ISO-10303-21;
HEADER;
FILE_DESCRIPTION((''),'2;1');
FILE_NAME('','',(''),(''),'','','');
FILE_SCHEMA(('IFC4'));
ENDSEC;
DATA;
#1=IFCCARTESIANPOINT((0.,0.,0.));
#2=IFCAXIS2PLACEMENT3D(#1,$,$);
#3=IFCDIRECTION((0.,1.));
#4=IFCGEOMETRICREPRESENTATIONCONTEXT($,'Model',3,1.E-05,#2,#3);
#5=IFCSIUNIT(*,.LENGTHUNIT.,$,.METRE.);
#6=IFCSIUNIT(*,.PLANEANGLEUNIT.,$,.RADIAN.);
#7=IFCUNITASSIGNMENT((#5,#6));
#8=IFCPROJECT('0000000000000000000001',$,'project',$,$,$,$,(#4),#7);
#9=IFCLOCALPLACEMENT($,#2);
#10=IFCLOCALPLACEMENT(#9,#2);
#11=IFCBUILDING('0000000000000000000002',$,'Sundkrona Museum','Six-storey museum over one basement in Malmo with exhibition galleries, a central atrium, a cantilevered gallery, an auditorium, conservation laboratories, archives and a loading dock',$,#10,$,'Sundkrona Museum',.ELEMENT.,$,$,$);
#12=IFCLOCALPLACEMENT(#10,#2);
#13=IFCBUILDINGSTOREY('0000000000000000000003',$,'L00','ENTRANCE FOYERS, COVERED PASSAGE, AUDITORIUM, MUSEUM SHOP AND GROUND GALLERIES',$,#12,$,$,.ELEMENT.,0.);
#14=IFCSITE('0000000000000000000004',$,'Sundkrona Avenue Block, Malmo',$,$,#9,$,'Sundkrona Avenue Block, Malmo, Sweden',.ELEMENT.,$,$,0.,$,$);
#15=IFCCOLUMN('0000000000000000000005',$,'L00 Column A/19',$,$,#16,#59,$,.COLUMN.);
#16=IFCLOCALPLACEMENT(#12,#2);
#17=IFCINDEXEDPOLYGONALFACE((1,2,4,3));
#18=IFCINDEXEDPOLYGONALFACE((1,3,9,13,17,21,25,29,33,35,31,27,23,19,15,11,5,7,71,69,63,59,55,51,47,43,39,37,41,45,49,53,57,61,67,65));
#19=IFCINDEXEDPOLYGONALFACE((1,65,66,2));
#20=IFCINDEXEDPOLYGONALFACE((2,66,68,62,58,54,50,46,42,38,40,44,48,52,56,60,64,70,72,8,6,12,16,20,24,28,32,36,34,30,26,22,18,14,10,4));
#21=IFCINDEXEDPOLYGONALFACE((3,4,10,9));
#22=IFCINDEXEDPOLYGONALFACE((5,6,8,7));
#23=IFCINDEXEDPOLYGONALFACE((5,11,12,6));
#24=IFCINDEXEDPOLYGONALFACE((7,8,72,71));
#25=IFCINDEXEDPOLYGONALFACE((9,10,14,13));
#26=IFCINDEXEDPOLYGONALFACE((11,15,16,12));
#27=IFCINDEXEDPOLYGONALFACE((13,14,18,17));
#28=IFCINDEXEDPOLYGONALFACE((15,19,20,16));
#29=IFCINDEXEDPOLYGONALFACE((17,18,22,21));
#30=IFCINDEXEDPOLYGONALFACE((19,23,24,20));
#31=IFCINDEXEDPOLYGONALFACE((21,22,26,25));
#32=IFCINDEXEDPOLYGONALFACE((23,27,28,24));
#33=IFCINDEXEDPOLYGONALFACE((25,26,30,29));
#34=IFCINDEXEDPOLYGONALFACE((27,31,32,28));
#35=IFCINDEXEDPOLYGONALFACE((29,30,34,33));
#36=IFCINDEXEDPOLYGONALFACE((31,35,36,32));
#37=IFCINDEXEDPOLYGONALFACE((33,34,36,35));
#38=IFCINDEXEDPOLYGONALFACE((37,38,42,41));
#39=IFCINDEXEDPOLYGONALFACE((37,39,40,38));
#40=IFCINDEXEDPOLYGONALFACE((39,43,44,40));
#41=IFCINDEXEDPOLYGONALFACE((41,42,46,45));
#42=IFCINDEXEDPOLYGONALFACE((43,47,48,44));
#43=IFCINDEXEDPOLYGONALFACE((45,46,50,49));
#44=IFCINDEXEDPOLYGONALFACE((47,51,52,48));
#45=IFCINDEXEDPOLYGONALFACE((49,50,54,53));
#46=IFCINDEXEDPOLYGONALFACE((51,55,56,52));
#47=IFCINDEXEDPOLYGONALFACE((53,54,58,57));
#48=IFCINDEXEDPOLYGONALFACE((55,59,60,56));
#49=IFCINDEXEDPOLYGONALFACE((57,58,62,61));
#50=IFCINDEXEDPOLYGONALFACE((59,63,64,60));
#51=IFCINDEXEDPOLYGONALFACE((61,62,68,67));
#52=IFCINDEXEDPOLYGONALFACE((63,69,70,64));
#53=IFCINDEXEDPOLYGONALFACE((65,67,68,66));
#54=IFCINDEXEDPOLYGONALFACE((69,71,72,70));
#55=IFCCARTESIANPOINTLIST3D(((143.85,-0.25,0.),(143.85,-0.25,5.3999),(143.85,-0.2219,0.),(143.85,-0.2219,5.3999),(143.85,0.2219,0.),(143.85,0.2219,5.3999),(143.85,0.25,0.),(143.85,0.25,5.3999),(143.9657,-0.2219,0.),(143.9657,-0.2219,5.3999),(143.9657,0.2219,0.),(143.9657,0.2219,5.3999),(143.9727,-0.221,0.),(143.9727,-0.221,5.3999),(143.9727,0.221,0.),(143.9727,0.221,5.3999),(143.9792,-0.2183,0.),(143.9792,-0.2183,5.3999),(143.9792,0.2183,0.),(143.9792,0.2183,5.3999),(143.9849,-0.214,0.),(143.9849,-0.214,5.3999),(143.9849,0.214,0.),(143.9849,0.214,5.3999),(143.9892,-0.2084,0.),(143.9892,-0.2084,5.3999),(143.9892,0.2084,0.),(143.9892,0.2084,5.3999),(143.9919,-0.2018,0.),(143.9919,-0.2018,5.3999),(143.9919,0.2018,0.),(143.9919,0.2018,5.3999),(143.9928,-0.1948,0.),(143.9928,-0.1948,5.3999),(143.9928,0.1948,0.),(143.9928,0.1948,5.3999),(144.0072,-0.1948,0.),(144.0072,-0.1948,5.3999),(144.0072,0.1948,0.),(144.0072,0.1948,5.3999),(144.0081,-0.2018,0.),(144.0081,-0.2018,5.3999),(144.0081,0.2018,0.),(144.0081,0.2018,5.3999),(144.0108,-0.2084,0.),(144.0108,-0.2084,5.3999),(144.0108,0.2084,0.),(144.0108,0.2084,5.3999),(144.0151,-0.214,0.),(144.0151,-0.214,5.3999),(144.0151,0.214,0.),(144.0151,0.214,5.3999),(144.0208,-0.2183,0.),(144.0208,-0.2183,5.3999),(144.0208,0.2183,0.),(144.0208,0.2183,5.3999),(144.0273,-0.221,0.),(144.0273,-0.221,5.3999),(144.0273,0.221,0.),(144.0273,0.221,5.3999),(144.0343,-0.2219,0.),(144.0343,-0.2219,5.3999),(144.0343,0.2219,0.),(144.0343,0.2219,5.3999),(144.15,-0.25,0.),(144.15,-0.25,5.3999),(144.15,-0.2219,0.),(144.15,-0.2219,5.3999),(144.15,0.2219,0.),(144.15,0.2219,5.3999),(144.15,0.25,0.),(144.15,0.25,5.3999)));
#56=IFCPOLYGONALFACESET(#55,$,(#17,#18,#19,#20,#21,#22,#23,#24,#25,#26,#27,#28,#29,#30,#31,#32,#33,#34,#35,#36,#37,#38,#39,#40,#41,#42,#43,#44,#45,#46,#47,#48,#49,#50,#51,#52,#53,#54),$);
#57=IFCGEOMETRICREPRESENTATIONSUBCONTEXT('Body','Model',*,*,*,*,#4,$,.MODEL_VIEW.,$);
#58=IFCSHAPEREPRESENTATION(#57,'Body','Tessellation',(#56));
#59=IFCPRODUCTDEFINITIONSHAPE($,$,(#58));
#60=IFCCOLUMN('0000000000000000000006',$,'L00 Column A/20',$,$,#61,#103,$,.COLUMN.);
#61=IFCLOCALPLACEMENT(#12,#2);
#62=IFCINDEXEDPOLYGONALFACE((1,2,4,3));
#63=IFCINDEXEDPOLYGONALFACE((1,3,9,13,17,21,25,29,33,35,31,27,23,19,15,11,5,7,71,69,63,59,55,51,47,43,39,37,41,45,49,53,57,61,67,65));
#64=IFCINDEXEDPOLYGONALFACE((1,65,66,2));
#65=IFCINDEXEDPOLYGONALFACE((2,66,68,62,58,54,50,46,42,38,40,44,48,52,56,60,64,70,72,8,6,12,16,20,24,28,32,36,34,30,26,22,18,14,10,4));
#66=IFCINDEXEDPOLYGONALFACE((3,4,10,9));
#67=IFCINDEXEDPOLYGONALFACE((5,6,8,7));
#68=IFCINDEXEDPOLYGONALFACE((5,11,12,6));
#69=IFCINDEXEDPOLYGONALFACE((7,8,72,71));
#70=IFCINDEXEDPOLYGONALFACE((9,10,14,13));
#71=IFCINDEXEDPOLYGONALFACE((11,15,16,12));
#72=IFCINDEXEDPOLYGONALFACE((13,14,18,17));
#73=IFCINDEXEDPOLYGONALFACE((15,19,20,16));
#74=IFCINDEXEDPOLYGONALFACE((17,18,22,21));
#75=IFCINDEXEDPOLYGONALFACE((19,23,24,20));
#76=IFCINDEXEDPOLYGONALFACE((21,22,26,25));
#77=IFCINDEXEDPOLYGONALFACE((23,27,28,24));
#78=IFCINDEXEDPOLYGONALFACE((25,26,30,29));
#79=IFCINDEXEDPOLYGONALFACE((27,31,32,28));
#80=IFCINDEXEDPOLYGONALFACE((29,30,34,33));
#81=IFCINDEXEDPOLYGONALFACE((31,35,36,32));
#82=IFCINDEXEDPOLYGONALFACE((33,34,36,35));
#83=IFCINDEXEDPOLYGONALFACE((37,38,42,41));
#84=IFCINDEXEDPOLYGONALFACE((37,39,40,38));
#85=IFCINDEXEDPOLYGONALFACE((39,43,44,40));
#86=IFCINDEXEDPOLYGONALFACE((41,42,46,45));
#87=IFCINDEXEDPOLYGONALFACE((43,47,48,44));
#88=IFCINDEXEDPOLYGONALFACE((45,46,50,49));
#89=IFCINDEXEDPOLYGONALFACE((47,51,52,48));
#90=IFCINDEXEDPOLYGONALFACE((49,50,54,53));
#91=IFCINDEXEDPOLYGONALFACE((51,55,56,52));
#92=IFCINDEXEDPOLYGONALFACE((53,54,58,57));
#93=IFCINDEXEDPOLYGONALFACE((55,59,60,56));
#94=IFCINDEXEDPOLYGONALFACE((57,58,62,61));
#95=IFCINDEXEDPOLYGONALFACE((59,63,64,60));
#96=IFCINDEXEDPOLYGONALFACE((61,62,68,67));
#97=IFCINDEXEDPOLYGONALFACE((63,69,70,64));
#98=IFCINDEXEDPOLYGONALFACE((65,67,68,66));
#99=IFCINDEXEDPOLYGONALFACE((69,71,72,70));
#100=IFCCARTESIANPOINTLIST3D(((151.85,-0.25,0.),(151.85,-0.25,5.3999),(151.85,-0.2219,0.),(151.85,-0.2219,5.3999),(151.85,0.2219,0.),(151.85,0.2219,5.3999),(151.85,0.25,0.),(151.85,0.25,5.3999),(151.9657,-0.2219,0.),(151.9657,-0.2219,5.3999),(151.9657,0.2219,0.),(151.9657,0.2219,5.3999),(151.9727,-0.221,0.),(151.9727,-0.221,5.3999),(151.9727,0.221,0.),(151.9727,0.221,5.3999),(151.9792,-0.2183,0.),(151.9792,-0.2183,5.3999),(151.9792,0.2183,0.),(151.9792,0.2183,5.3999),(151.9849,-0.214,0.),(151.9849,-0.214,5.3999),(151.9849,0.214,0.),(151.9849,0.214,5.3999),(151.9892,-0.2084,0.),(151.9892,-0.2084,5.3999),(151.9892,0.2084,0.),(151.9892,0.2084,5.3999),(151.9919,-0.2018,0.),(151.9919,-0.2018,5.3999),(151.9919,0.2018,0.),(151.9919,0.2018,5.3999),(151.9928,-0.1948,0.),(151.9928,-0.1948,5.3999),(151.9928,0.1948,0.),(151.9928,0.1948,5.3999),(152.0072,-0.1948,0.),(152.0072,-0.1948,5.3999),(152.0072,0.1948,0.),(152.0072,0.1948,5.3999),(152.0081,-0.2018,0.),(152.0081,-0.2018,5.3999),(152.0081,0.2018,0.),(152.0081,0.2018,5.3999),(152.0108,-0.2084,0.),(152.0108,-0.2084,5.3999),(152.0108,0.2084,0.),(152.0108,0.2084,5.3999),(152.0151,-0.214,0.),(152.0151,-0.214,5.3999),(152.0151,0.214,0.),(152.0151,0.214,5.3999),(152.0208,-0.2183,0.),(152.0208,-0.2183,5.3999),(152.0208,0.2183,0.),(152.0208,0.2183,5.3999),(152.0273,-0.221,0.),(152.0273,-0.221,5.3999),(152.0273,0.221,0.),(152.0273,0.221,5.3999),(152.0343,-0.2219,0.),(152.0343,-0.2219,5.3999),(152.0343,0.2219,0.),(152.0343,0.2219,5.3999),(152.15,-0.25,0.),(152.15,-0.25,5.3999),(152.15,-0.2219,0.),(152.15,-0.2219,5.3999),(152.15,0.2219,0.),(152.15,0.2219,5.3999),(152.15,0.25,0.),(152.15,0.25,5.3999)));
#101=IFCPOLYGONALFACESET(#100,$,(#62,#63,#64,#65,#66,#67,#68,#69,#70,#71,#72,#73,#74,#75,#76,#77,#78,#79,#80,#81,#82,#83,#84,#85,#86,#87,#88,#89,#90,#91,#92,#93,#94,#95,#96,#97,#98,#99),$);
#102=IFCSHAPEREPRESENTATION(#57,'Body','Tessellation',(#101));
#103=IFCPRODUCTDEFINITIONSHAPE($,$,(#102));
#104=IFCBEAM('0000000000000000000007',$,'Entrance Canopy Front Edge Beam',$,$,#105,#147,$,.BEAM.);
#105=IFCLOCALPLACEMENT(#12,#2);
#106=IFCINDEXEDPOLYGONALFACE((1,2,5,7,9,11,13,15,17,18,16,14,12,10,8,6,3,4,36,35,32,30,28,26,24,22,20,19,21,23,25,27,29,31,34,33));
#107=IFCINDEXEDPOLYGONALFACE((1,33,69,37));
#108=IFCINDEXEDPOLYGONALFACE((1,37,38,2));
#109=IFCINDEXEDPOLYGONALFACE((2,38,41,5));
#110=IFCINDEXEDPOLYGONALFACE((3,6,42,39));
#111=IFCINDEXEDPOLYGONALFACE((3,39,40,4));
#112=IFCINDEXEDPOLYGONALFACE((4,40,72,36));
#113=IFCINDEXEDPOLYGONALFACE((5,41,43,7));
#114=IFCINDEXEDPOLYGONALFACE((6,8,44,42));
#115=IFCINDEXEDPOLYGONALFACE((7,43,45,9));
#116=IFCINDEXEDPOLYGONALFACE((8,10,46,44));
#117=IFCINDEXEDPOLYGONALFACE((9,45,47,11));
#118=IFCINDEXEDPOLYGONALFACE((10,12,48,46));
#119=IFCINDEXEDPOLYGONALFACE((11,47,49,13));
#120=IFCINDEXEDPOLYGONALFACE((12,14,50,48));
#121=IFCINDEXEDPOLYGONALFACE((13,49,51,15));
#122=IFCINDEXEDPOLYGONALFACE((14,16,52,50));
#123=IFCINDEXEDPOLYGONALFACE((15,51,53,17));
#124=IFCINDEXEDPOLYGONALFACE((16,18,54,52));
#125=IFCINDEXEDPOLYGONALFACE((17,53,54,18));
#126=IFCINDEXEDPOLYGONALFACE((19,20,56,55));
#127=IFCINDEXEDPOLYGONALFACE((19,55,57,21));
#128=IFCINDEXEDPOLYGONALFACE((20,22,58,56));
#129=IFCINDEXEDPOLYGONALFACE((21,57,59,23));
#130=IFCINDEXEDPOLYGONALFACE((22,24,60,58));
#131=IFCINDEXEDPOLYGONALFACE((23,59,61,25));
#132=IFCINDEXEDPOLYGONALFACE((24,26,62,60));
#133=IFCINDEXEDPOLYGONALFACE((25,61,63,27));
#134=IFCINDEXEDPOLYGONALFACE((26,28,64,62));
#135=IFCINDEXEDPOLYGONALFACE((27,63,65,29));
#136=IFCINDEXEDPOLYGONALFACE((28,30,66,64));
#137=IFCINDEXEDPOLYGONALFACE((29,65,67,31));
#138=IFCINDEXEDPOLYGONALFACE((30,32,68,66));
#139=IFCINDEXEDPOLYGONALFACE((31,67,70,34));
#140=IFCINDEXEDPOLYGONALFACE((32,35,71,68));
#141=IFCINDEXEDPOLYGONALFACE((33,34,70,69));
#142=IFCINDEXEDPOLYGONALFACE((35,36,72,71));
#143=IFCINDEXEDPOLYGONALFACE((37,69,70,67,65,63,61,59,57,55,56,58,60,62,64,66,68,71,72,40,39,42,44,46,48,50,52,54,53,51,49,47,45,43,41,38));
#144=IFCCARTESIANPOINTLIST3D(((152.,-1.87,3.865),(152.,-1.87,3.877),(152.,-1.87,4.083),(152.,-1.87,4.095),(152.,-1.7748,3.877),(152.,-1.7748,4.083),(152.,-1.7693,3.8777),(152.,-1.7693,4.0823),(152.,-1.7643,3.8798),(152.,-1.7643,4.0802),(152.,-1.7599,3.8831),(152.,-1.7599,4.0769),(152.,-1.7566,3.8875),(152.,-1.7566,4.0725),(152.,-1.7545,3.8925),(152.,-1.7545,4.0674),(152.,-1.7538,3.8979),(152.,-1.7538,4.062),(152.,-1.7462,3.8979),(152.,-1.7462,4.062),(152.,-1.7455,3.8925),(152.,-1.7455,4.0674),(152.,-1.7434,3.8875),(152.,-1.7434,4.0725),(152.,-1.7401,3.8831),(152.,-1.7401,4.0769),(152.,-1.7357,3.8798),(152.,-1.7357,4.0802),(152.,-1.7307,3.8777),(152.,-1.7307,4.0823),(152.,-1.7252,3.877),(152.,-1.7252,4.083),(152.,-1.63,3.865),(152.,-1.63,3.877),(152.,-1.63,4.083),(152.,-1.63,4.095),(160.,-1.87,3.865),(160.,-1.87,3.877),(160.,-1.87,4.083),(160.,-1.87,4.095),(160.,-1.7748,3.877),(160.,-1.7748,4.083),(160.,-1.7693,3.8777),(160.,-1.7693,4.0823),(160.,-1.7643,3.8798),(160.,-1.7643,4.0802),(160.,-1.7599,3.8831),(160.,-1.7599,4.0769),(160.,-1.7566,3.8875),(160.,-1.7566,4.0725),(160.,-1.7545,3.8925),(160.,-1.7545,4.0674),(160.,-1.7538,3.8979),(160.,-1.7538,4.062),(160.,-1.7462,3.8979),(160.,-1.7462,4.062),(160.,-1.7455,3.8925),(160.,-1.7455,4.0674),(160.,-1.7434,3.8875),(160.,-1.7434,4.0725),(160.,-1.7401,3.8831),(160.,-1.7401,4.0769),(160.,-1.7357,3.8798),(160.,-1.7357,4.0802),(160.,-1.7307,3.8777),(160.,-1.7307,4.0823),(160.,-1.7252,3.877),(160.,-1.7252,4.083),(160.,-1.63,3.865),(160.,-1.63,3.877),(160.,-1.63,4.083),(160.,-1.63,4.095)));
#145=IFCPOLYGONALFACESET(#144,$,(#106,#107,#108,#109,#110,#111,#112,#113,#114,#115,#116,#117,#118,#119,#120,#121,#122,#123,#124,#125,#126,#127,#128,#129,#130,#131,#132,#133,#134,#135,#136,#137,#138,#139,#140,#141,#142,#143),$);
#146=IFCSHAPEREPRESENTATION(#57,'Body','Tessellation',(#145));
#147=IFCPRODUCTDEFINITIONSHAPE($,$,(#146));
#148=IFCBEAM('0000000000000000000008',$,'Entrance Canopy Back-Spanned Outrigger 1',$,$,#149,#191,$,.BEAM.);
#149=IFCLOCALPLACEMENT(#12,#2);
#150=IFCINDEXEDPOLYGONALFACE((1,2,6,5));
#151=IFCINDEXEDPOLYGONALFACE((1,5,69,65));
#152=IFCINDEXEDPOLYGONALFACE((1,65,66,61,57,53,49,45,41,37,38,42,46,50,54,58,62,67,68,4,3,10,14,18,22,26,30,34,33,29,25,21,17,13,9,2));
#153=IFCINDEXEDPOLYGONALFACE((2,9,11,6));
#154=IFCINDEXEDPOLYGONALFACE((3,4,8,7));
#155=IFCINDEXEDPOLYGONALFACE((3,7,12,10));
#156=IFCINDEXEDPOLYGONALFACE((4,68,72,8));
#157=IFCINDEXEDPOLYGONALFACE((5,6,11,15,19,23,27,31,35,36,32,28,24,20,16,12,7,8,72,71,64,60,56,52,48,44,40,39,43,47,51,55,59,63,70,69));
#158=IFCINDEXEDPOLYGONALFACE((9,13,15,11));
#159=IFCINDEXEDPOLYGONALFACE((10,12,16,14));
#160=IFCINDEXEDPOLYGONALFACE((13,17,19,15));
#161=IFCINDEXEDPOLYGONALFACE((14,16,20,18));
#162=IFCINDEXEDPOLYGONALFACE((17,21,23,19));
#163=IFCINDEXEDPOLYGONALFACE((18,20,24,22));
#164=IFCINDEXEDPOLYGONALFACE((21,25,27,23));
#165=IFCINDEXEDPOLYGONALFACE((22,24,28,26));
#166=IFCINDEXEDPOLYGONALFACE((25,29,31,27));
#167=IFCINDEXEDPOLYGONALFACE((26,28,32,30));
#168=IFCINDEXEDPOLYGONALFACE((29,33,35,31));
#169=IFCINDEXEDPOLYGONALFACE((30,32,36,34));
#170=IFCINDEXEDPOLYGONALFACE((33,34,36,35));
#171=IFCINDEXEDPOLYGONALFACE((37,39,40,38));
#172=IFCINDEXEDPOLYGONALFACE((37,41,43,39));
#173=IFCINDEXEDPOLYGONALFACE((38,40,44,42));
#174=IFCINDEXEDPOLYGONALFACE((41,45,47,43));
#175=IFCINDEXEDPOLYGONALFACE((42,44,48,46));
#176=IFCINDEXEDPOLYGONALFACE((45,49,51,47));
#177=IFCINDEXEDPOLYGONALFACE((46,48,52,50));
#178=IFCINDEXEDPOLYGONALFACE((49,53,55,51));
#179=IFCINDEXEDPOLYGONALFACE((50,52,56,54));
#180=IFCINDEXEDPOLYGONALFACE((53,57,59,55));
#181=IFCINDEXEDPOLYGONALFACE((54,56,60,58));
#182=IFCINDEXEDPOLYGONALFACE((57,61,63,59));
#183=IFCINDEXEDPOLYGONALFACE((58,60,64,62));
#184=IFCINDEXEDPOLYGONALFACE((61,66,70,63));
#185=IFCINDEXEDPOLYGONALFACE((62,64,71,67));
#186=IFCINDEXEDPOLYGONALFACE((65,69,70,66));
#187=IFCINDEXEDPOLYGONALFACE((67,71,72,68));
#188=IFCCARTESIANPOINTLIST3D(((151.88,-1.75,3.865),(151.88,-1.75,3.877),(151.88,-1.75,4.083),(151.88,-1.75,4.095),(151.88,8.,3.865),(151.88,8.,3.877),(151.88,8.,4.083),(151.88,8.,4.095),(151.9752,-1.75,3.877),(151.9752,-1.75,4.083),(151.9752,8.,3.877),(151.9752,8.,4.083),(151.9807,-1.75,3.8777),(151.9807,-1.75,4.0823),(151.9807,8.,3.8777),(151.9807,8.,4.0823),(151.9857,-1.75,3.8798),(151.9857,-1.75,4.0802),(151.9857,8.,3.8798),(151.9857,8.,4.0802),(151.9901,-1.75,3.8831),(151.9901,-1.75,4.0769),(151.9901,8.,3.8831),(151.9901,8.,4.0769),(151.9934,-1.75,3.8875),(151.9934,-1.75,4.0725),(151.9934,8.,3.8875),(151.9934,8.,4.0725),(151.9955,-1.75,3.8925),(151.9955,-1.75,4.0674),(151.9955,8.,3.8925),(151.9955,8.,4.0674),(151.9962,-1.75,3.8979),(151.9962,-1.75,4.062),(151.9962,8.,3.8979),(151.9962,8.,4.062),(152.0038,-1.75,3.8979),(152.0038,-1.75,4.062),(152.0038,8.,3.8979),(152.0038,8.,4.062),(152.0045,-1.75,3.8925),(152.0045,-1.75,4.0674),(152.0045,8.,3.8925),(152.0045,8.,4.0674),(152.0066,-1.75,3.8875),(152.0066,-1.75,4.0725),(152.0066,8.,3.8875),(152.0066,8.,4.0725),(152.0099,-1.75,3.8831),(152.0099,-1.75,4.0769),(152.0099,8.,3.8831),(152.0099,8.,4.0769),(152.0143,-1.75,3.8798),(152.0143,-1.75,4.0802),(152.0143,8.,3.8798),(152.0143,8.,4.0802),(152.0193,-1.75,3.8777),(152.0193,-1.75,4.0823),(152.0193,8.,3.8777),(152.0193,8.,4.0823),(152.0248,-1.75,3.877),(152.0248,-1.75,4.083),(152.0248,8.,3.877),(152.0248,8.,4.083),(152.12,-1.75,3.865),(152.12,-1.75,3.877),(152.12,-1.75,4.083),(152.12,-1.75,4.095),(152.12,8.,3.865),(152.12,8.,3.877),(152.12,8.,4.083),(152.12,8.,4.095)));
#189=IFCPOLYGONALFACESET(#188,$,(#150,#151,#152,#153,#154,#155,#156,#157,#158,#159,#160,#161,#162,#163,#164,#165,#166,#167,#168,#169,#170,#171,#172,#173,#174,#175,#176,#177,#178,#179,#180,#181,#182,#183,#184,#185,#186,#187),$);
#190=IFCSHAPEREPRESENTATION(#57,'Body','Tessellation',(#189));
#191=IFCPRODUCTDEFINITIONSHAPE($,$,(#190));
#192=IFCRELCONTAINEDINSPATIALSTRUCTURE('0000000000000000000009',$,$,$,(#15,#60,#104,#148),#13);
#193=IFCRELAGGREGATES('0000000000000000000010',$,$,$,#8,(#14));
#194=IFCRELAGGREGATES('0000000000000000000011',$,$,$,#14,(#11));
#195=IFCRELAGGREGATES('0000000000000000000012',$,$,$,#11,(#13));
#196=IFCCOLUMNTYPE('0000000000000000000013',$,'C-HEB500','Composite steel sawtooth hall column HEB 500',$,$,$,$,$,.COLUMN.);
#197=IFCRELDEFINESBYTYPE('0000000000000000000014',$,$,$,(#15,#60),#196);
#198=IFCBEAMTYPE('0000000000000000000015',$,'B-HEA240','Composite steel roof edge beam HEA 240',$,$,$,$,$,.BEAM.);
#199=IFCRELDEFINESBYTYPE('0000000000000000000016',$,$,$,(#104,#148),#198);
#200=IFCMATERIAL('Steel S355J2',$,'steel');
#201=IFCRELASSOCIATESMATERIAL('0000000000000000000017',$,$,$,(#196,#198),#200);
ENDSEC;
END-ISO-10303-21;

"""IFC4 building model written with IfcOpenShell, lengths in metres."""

from ifc_helpers import new_model, si_unit, direction, frame, origin, origin_2d, place, context, subcontext, project, spatial, i_section, extrude, material, material_profile, profile_set, type_object, element, save


model = new_model("IFC4")

# Units and contexts
model_context = context("Model", 3, precision=1e-05, world=origin(), true_north=direction((0.0, 1.0)))
body_context = subcontext(model_context, "Body", "Model", "MODEL_VIEW")
ifc_project = project(units=[si_unit("LENGTHUNIT", "METRE"), si_unit("PLANEANGLEUNIT", "RADIAN")], contexts=[model_context])

# Site, building, storey
site_placement = place(None, origin())
site = spatial("IfcSite", under=ifc_project, at=site_placement, Name="Sundkrona Avenue Block, Malmo", LongName="Sundkrona Avenue Block, Malmo, Sweden", CompositionType="ELEMENT", RefElevation=0.0)
building_placement = place(site_placement, origin())
building = spatial("IfcBuilding", under=site, at=building_placement, Name="Sundkrona Museum", Description="Six-storey museum over one basement in Malmo with exhibition galleries, a central atrium, a cantilevered gallery, an auditorium, conservation laboratories, archives and a loading dock", LongName="Sundkrona Museum", CompositionType="ELEMENT")
storey_placement = place(building_placement, origin())
storey = spatial("IfcBuildingStorey", under=building, at=storey_placement, Name="L00", Description="ENTRANCE FOYERS, COVERED PASSAGE, AUDITORIUM, MUSEUM SHOP AND GROUND GALLERIES", CompositionType="ELEMENT", Elevation=0.0)

# Columns
ifc_material_1 = material(Name="Steel S355J2", Category="steel")
ifc_material_profile_1 = material_profile(ifc_material_1, i_section(OverallWidth=0.3, OverallDepth=0.5, WebThickness=0.0144, FlangeThickness=0.0281, FilletRadius=0.0271, at=origin_2d()), Name="HEB 500")
ifc_profile_set_1 = profile_set([ifc_material_profile_1], Name="Steel S355J2")
column_type = type_object("IfcColumnType", Name="C-HEB500", Description="Composite steel sawtooth hall column HEB 500", PredefinedType="COLUMN", material=ifc_profile_set_1)
for number, where, z_axis, x_axis, name in (
    (1, (144.0, 0.0, 0.0), (0.0, 0.0, 1.0), (1.0, 0.0, 0.0), "L00 Column A/19"),
    (2, (152.0, 0.0, 0.0), (0.0, 0.0, 1.0), (1.0, 0.0, 0.0), "L00 Column A/20"),
):
    element("IfcColumn", number, at=place(storey_placement, frame(where, z_axis=z_axis, x_axis=x_axis)), inside=storey, type_object=column_type, Name=name, PredefinedType="COLUMN", context=body_context, shape_type="SweptSolid", body=[
        extrude(i_section(OverallWidth=0.3, OverallDepth=0.5, WebThickness=0.0144, FlangeThickness=0.0281, FilletRadius=0.0271, at=origin_2d()), origin(), (0.0, 0.0, 1.0), 5.3999),
    ])

# Beams
ifc_material_profile_2 = material_profile(ifc_material_1, i_section(OverallWidth=0.24, OverallDepth=0.23, WebThickness=0.0076, FlangeThickness=0.012, FilletRadius=0.021, at=origin_2d()), Name="HEA 240")
ifc_profile_set_2 = profile_set([ifc_material_profile_2], Name="Steel S355J2")
beam_type_1 = type_object("IfcBeamType", Name="B-HEA240", Description="Composite steel roof edge beam HEA 240", PredefinedType="BEAM", material=ifc_profile_set_2)
beam_1_placement = place(storey_placement, frame((152.0, -1.75, 3.98), z_axis=(1.0, 0.0, 0.0), x_axis=(0.0, 1.0, 0.0)))
element("IfcBeam", 3, at=beam_1_placement, inside=storey, type_object=beam_type_1, Name="Entrance Canopy Front Edge Beam", PredefinedType="BEAM", context=body_context, shape_type="SweptSolid", body=[
    extrude(i_section(OverallWidth=0.24, OverallDepth=0.23, WebThickness=0.0076, FlangeThickness=0.012, FilletRadius=0.021, at=origin_2d()), origin(), (0.0, 0.0, 1.0), 8.0),
])
beam_2_placement = place(storey_placement, frame((152.0, -1.75, 3.98), z_axis=(0.0, 1.0, 0.0), x_axis=(-1.0, 0.0, 0.0)))
element("IfcBeam", 4, at=beam_2_placement, inside=storey, type_object=beam_type_1, Name="Entrance Canopy Back-Spanned Outrigger 1", PredefinedType="BEAM", context=body_context, shape_type="SweptSolid", body=[
    extrude(i_section(OverallWidth=0.24, OverallDepth=0.23, WebThickness=0.0076, FlangeThickness=0.012, FilletRadius=0.021, at=origin_2d()), origin(), (0.0, 0.0, 1.0), 9.75),
])

save(model, "model.ifc")
